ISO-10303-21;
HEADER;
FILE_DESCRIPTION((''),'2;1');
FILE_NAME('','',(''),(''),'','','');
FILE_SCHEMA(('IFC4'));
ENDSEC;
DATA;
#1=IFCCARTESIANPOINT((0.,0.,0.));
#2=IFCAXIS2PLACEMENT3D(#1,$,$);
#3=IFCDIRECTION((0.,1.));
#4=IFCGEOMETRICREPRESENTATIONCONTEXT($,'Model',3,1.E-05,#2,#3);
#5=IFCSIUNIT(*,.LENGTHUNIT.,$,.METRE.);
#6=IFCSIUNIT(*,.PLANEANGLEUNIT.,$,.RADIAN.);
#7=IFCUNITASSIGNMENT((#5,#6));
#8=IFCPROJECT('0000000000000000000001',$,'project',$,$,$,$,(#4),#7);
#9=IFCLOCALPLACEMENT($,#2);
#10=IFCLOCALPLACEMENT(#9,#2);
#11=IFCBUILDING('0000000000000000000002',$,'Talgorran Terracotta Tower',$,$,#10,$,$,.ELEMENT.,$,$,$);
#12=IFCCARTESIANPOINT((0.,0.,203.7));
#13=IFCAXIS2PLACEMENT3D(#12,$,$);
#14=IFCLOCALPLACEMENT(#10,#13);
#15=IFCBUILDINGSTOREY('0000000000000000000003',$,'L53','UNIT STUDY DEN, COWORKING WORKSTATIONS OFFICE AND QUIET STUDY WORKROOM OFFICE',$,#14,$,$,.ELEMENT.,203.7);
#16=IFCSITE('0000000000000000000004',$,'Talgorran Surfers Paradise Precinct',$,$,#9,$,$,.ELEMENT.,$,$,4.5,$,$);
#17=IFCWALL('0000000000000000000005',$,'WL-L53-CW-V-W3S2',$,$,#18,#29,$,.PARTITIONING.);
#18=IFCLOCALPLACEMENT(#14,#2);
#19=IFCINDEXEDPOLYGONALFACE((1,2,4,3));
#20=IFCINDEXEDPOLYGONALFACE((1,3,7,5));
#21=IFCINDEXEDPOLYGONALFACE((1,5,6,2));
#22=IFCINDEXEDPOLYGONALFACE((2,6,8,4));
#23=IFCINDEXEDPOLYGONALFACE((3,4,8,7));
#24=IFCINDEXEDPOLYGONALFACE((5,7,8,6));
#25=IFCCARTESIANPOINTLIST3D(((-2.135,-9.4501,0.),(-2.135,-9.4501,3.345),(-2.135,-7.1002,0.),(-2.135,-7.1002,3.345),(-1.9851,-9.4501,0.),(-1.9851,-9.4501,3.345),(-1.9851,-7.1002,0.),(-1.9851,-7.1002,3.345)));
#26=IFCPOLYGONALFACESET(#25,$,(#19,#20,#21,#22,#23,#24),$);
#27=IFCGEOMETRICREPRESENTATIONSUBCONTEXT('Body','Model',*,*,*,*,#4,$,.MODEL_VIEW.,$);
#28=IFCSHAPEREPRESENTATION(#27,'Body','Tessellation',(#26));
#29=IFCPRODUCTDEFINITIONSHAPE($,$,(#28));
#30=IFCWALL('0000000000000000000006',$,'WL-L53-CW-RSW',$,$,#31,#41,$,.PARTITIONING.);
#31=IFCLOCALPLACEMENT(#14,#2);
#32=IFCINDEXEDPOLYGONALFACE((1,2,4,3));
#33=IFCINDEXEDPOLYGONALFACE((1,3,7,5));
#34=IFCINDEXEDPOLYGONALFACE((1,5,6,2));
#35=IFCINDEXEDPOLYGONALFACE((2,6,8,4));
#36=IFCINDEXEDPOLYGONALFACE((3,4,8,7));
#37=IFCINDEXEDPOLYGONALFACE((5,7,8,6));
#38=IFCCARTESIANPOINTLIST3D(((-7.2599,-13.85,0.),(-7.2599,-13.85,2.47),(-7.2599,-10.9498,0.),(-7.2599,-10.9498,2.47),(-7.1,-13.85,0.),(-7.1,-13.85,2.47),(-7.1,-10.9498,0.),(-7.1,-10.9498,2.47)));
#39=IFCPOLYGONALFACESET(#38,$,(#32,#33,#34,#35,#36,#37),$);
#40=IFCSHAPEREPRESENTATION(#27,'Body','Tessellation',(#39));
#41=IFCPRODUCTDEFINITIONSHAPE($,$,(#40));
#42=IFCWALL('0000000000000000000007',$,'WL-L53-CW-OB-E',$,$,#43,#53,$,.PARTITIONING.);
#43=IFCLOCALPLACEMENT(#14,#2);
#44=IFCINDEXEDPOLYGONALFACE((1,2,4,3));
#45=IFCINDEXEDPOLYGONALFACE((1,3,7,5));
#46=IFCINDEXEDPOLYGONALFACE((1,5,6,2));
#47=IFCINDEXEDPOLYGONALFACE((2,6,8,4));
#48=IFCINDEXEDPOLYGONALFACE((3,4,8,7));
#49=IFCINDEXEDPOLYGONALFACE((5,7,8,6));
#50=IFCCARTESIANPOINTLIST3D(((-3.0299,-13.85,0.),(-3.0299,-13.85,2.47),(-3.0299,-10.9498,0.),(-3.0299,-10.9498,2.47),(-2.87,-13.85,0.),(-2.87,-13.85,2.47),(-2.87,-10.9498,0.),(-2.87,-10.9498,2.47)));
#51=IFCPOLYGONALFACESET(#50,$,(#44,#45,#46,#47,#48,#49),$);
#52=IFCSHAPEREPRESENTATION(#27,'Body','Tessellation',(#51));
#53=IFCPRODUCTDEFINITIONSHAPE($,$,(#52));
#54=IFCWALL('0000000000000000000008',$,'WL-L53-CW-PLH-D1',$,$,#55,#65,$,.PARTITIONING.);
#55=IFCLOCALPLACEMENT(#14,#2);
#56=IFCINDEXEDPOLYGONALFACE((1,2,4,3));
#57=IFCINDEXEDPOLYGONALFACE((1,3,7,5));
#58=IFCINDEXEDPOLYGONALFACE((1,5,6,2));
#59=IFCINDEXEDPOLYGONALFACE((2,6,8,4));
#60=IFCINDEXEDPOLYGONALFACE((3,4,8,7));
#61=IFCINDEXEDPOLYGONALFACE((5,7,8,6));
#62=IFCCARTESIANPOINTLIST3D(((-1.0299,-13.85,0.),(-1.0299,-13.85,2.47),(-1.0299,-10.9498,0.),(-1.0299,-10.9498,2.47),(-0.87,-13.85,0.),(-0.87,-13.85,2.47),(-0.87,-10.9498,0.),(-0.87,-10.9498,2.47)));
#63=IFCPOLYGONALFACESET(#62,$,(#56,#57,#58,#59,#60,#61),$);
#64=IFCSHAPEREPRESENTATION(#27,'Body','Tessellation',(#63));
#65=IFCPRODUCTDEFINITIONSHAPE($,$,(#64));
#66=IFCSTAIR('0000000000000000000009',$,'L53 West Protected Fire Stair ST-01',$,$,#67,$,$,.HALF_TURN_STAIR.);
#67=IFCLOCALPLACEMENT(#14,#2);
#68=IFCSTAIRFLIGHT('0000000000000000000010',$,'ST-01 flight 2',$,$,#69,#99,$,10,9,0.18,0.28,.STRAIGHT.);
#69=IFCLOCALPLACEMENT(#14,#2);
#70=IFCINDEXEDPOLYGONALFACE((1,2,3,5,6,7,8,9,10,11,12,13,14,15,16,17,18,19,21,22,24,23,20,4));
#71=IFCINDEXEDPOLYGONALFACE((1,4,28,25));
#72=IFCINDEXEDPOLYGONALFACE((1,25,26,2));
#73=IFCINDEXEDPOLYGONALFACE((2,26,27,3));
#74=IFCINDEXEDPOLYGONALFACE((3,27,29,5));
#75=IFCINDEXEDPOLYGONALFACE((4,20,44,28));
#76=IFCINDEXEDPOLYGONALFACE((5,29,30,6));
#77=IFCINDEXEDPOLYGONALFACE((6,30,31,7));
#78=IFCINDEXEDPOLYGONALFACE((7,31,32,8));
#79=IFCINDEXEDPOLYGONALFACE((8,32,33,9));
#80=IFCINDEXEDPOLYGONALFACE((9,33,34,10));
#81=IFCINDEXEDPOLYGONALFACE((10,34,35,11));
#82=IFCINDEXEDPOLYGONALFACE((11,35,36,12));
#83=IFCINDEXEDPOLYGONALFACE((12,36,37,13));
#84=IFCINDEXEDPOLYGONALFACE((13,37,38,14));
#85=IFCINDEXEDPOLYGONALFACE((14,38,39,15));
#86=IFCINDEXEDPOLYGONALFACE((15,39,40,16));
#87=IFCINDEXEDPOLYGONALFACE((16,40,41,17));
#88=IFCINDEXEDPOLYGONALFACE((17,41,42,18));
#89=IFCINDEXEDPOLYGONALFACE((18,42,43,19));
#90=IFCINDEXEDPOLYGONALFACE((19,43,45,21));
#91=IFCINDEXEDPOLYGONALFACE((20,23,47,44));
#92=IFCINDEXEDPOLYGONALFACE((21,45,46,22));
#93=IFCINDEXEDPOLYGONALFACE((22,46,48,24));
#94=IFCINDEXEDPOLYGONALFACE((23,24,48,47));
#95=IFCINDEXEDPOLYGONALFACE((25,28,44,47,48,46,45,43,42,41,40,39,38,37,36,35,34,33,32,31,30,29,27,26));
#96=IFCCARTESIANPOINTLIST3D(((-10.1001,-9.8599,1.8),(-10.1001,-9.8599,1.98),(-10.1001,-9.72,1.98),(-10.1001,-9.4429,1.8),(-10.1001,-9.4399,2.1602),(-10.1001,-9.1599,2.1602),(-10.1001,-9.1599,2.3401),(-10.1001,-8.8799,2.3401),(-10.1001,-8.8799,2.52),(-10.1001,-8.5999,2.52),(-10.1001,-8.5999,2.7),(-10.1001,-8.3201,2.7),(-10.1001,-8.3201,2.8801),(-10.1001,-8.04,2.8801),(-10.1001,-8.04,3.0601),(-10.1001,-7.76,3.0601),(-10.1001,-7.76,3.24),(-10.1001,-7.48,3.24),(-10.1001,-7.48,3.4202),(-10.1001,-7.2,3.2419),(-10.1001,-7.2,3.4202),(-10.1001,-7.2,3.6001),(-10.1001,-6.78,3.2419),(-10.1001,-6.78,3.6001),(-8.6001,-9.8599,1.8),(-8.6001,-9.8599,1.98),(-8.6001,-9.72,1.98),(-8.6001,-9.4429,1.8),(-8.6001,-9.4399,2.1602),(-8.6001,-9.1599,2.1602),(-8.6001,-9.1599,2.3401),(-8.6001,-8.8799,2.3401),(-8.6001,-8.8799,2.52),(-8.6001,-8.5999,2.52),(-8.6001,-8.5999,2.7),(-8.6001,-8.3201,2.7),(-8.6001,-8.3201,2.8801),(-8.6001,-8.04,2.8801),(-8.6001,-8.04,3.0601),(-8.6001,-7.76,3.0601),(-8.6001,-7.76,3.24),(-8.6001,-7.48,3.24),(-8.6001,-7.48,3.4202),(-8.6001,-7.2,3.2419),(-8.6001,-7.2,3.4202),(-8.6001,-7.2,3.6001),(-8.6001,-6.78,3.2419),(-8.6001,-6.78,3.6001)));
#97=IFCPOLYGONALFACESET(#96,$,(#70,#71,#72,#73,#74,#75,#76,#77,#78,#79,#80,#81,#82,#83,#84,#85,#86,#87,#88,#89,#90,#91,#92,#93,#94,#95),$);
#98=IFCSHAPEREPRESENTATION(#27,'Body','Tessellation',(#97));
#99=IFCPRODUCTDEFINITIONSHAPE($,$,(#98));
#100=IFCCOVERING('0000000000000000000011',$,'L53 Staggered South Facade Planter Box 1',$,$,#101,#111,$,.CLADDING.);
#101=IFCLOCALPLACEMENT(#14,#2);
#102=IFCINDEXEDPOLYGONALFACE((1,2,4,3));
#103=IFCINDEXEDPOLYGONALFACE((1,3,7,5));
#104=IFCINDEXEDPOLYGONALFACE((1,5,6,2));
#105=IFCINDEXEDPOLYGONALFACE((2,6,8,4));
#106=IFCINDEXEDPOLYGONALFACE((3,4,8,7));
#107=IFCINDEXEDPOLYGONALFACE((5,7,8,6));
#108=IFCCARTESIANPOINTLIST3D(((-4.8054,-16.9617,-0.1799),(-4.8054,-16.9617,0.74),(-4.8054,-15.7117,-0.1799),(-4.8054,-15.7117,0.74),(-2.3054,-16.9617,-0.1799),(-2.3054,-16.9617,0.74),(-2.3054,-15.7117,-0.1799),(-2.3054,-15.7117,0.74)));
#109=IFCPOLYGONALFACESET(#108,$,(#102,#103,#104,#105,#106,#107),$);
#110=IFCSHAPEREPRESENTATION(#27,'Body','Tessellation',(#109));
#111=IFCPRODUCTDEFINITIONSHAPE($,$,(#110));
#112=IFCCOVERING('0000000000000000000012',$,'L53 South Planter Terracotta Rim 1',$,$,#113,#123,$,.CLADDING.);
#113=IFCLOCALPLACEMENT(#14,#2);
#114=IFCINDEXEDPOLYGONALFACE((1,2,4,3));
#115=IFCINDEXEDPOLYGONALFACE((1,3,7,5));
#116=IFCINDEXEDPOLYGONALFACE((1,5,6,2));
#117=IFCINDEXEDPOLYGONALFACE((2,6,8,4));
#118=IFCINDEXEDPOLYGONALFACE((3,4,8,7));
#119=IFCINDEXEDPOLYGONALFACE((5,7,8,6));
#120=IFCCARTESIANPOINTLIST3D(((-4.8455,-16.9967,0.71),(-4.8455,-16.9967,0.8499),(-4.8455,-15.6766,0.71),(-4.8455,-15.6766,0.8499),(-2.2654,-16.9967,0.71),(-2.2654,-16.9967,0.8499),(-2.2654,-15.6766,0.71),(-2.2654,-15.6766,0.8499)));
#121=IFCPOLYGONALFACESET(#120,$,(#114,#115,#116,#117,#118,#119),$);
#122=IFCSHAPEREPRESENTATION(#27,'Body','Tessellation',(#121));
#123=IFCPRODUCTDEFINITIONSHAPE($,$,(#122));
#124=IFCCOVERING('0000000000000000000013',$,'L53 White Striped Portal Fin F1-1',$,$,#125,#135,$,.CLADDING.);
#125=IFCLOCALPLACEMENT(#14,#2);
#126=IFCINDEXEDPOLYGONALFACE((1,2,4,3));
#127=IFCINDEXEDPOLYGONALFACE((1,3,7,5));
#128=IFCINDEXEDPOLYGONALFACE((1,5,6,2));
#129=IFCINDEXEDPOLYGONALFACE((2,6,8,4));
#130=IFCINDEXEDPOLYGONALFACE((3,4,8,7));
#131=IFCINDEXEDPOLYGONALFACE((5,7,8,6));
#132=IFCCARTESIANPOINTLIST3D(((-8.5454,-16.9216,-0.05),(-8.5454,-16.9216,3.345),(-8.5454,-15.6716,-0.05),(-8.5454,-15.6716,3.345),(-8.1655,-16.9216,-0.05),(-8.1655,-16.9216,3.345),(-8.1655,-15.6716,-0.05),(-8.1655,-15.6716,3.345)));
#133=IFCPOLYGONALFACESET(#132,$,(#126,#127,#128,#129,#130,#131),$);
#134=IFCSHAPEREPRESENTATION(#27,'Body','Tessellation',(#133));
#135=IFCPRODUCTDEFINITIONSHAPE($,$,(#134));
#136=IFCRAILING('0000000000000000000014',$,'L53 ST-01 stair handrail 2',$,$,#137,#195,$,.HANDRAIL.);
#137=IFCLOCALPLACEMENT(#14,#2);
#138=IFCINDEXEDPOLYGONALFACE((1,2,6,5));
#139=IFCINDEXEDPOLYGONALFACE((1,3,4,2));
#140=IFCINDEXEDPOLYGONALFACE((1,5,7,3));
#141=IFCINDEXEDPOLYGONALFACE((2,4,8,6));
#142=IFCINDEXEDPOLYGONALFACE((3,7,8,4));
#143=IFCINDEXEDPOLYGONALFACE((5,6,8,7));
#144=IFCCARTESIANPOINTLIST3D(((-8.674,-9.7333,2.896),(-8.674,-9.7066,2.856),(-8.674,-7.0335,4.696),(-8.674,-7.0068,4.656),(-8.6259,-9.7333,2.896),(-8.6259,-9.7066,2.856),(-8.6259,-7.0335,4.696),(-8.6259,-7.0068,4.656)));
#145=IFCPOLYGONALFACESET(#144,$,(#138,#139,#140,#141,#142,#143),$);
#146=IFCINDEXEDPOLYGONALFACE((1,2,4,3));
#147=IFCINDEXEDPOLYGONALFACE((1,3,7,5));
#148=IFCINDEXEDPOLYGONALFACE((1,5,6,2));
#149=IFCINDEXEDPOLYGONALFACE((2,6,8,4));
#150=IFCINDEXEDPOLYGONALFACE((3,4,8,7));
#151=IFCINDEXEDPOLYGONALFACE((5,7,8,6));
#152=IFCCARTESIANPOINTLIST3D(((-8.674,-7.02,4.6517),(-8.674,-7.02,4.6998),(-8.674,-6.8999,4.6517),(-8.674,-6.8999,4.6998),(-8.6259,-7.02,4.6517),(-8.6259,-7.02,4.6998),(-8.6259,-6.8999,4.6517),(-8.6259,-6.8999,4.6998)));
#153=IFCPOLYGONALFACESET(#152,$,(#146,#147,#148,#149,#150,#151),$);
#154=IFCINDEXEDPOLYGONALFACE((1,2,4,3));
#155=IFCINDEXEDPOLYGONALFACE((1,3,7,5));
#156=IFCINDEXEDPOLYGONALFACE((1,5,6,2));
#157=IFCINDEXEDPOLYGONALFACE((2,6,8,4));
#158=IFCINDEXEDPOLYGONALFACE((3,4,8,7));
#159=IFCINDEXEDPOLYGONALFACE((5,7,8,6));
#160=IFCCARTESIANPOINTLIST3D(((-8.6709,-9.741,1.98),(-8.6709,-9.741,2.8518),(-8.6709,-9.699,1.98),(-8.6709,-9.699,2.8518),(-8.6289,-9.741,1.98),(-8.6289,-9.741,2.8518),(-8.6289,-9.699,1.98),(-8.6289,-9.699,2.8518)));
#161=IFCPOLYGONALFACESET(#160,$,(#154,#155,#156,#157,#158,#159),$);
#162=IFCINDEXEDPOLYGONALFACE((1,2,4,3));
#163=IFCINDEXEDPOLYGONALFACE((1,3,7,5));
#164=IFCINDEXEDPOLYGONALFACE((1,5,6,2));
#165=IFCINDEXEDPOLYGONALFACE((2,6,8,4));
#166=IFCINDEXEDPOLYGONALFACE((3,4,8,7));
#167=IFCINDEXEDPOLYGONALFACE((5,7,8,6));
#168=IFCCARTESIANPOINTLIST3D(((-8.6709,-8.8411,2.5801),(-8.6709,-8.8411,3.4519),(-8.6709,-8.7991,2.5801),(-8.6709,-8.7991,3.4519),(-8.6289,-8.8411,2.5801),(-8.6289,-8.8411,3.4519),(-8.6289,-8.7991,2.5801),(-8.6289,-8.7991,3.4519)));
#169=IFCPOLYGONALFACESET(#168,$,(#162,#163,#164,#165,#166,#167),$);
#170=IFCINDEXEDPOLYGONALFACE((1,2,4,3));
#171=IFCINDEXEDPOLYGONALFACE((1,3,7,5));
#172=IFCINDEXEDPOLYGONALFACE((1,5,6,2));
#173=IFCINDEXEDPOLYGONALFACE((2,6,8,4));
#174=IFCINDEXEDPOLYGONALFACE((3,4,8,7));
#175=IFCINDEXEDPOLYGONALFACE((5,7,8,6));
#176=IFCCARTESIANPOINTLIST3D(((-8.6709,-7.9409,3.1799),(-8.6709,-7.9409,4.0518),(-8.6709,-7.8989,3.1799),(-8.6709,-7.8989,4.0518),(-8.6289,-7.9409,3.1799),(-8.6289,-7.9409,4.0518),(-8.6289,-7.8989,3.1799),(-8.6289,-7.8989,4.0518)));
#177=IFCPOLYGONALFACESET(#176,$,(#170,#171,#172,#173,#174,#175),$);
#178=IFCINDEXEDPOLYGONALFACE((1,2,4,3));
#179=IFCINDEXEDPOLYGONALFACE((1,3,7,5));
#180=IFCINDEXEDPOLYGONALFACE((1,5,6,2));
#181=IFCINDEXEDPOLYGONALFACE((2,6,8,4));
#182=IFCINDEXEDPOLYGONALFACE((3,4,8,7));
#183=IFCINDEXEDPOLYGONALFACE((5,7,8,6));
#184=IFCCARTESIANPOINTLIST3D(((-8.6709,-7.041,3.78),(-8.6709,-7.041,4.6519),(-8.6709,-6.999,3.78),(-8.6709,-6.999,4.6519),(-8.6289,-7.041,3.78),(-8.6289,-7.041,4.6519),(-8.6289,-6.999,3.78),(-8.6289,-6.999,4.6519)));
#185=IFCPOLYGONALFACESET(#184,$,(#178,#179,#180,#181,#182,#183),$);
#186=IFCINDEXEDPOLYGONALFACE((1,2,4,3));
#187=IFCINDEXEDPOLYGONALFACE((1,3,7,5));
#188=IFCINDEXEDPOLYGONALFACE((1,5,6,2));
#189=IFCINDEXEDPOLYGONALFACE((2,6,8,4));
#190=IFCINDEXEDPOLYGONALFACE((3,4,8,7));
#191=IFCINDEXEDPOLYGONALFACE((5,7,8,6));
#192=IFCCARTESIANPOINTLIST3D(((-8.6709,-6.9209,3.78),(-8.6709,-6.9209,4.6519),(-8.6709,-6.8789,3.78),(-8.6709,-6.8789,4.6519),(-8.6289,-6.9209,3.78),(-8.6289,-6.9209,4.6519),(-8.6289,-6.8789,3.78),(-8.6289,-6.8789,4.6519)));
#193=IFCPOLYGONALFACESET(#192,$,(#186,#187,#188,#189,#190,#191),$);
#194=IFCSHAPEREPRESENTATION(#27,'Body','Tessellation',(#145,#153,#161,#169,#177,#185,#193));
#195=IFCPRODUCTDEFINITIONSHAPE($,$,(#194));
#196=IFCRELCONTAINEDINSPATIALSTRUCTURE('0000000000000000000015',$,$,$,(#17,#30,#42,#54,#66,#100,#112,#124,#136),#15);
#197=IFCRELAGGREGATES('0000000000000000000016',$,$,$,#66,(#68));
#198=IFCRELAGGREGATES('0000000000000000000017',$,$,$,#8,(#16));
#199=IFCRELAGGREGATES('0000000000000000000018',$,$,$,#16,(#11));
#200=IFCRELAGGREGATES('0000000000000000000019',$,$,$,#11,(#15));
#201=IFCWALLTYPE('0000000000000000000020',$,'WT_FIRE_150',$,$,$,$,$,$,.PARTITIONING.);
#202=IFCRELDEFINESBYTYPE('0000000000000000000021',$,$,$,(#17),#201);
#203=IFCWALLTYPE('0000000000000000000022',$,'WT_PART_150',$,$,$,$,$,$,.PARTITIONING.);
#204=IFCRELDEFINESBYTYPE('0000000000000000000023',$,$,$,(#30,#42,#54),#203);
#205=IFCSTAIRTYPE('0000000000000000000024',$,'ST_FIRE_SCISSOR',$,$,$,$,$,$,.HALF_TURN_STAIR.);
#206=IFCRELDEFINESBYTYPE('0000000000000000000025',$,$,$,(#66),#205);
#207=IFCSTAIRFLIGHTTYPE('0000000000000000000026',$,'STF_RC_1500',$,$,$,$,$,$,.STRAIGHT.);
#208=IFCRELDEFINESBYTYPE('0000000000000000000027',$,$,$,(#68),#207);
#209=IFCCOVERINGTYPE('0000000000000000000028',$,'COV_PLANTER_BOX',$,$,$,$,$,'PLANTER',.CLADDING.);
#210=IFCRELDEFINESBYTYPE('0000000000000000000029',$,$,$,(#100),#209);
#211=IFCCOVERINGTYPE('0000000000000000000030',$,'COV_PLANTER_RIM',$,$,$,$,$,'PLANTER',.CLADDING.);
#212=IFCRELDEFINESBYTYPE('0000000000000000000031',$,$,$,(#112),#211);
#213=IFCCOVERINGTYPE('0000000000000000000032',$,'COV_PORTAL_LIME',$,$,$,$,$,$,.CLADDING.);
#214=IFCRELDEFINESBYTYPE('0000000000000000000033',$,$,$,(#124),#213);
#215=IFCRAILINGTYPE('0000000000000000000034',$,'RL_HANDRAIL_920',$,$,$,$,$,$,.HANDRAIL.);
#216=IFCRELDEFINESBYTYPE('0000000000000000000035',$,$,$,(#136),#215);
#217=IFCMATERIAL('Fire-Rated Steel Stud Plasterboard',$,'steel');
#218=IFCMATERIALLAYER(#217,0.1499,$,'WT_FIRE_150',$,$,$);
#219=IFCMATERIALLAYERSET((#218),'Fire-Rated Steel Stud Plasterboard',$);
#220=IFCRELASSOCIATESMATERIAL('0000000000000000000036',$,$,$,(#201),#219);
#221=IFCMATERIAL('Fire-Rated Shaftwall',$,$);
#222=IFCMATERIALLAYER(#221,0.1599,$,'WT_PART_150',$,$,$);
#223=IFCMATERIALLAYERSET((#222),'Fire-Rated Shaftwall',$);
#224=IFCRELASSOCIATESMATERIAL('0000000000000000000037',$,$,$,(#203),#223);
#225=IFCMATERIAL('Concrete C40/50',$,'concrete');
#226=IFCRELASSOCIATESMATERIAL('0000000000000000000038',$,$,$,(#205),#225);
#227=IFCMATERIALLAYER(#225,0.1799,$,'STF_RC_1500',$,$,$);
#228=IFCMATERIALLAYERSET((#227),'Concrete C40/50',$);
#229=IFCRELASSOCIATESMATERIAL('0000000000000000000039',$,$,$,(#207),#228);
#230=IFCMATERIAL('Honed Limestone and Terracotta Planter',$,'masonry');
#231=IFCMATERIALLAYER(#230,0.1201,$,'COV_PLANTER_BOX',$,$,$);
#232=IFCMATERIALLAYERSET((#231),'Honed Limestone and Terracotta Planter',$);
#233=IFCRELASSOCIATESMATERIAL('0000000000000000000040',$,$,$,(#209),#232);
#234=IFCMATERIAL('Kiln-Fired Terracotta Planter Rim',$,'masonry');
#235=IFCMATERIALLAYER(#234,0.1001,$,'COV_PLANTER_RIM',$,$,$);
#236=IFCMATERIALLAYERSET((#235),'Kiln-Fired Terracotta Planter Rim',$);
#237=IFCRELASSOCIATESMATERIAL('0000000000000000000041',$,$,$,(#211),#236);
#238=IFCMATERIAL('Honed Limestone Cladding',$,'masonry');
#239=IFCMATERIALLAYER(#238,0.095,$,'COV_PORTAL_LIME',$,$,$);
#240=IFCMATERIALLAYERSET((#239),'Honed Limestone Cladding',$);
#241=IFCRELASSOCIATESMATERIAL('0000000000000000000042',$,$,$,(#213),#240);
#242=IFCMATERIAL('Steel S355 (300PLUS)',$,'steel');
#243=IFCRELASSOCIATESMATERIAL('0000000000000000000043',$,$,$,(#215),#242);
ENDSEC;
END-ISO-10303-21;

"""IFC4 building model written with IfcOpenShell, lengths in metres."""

from ifc_helpers import new_model, si_unit, direction, frame, frame_2d, origin, origin_2d, place, context, subcontext, project, spatial, polyline, rectangle, outline, extrude, material, layer, layer_set, type_object, element, aggregate, save


model = new_model("IFC4")

# Units and contexts
model_context = context("Model", 3, precision=1e-05, world=origin(), true_north=direction((0.0, 1.0)))
body_context = subcontext(model_context, "Body", "Model", "MODEL_VIEW")
ifc_project = project(units=[si_unit("LENGTHUNIT", "METRE"), si_unit("PLANEANGLEUNIT", "RADIAN")], contexts=[model_context])

# Site, building, storey
site_placement = place(None, origin())
site = spatial("IfcSite", under=ifc_project, at=site_placement, Name="Talgorran Surfers Paradise Precinct", CompositionType="ELEMENT", RefElevation=4.5)
building_placement = place(site_placement, origin())
building = spatial("IfcBuilding", under=site, at=building_placement, Name="Talgorran Terracotta Tower", CompositionType="ELEMENT")
storey_placement = place(building_placement, frame((0.0, 0.0, 203.7)))
storey = spatial("IfcBuildingStorey", under=building, at=storey_placement, Name="L53", Description="UNIT STUDY DEN, COWORKING WORKSTATIONS OFFICE AND QUIET STUDY WORKROOM OFFICE", CompositionType="ELEMENT", Elevation=203.7)

# Shared definitions
ifc_material_1 = material(Name="Steel S355 (300PLUS)", Category="steel")

# Walls
ifc_material_2 = material(Name="Fire-Rated Steel Stud Plasterboard", Category="steel")
ifc_layer_1 = layer(ifc_material_2, 0.1499, Name="WT_FIRE_150")
ifc_layer_set_1 = layer_set([ifc_layer_1], Name="Fire-Rated Steel Stud Plasterboard")
wall_type_1 = type_object("IfcWallType", Name="WT_FIRE_150", PredefinedType="PARTITIONING", material=ifc_layer_set_1)
wall_1_placement = place(storey_placement, frame((-2.0601, -9.45, 0.0), z_axis=(0.0, 0.0, 1.0), x_axis=(0.0, 1.0, 0.0)))
element("IfcWall", 1, at=wall_1_placement, inside=storey, type_object=wall_type_1, Name="WL-L53-CW-V-W3S2", PredefinedType="PARTITIONING", context=body_context, shape_type="SweptSolid", body=[
    extrude(rectangle(XDim=2.3499, YDim=0.1499, at=frame_2d((1.1748, 0.0))), origin(), (0.0, 0.0, 1.0), 3.345),
])
ifc_material_3 = material(Name="Fire-Rated Shaftwall")
ifc_layer_2 = layer(ifc_material_3, 0.1599, Name="WT_PART_150")
ifc_layer_set_2 = layer_set([ifc_layer_2], Name="Fire-Rated Shaftwall")
wall_type_2 = type_object("IfcWallType", Name="WT_PART_150", PredefinedType="PARTITIONING", material=ifc_layer_set_2)
for number, where, z_axis, x_axis, name in (
    (2, (-7.1799, -13.8501, 0.0), (0.0, 0.0, 1.0), (0.0, 1.0, 0.0), "WL-L53-CW-RSW"),
    (3, (-2.95, -13.8501, 0.0), (0.0, 0.0, 1.0), (0.0, 1.0, 0.0), "WL-L53-CW-OB-E"),
    (4, (-0.95, -13.8501, 0.0), (0.0, 0.0, 1.0), (0.0, 1.0, 0.0), "WL-L53-CW-PLH-D1"),
):
    element("IfcWall", number, at=place(storey_placement, frame(where, z_axis=z_axis, x_axis=x_axis)), inside=storey, type_object=wall_type_2, Name=name, PredefinedType="PARTITIONING", context=body_context, shape_type="SweptSolid", body=[
        extrude(rectangle(XDim=2.9001, YDim=0.1599, at=frame_2d((1.4502, 0.0))), origin(), (0.0, 0.0, 1.0), 2.47),
    ])

# Stair, stair flight
ifc_material_4 = material(Name="Concrete C40/50", Category="concrete")
stair_type = type_object("IfcStairType", Name="ST_FIRE_SCISSOR", PredefinedType="HALF_TURN_STAIR", material=ifc_material_4)
stair_placement = place(storey_placement, origin())
stair = element("IfcStair", 5, at=stair_placement, inside=storey, type_object=stair_type, Name="L53 West Protected Fire Stair ST-01", PredefinedType="HALF_TURN_STAIR")
ifc_layer_3 = layer(ifc_material_4, 0.1799, Name="STF_RC_1500")
ifc_layer_set_3 = layer_set([ifc_layer_3], Name="Concrete C40/50")
stair_flight_type = type_object("IfcStairFlightType", Name="STF_RC_1500", PredefinedType="STRAIGHT", material=ifc_layer_set_3)
stair_flight_placement = place(storey_placement, frame((-9.3501, -9.72, 1.8), z_axis=(0.0, 0.0, 1.0), x_axis=(0.0, 1.0, 0.0)))
stair_flight = element("IfcStairFlight", 6, at=stair_flight_placement, type_object=stair_flight_type, Name="ST-01 flight 2", NumberOfRisers=10, NumberOfTreads=9, PredefinedType="STRAIGHT", RiserHeight=0.18, TreadLength=0.28, context=body_context, shape_type="SweptSolid", body=[
    extrude(outline(polyline([(-0.1399, 0.0), (-0.1399, 0.1799), (0.0, 0.1799), (0.28, 0.3601), (0.5601, 0.3601), (0.5601, 0.54), (0.8401, 0.54), (0.8401, 0.72), (1.1201, 0.72), (1.1201, 0.8999), (1.3999, 0.8999), (1.3999, 1.0801), (1.6799, 1.0801), (1.6799, 1.26), (1.96, 1.26), (1.96, 1.4399), (2.24, 1.4399), (2.24, 1.6201), (2.52, 1.6201), (2.52, 1.8), (2.9399, 1.8), (2.9399, 1.4419), (2.52, 1.4419), (0.2771, 0.0), (-0.1399, 0.0)])), frame((0.0, 0.75, 0.0), z_axis=(0.0, -1.0, 0.0), x_axis=(1.0, 0.0, 0.0)), (0.0, 0.0, 1.0), 1.5),
])
aggregate(stair, [stair_flight])

# Coverings
ifc_material_5 = material(Name="Honed Limestone and Terracotta Planter", Category="masonry")
ifc_layer_4 = layer(ifc_material_5, 0.1201, Name="COV_PLANTER_BOX")
ifc_layer_set_4 = layer_set([ifc_layer_4], Name="Honed Limestone and Terracotta Planter")
covering_type_1 = type_object("IfcCoveringType", Name="COV_PLANTER_BOX", ElementType="PLANTER", PredefinedType="CLADDING", material=ifc_layer_set_4)
covering_1_placement = place(storey_placement, frame((-3.5554, -16.3367, -0.1799), z_axis=(0.0, 0.0, 1.0), x_axis=(1.0, 0.0, 0.0)))
element("IfcCovering", 7, at=covering_1_placement, inside=storey, type_object=covering_type_1, Name="L53 Staggered South Facade Planter Box 1", PredefinedType="CLADDING", context=body_context, shape_type="SweptSolid", body=[
    extrude(rectangle(XDim=2.5, YDim=1.25, at=origin_2d()), origin(), (0.0, 0.0, 1.0), 0.9199),
])
ifc_material_6 = material(Name="Kiln-Fired Terracotta Planter Rim", Category="masonry")
ifc_layer_5 = layer(ifc_material_6, 0.1001, Name="COV_PLANTER_RIM")
ifc_layer_set_5 = layer_set([ifc_layer_5], Name="Kiln-Fired Terracotta Planter Rim")
covering_type_2 = type_object("IfcCoveringType", Name="COV_PLANTER_RIM", ElementType="PLANTER", PredefinedType="CLADDING", material=ifc_layer_set_5)
covering_2_placement = place(storey_placement, frame((-3.5554, -16.3367, 0.71), z_axis=(0.0, 0.0, 1.0), x_axis=(1.0, 0.0, 0.0)))
element("IfcCovering", 8, at=covering_2_placement, inside=storey, type_object=covering_type_2, Name="L53 South Planter Terracotta Rim 1", PredefinedType="CLADDING", context=body_context, shape_type="SweptSolid", body=[
    extrude(rectangle(XDim=2.5801, YDim=1.3201, at=origin_2d()), origin(), (0.0, 0.0, 1.0), 0.1399),
])
ifc_material_7 = material(Name="Honed Limestone Cladding", Category="masonry")
ifc_layer_6 = layer(ifc_material_7, 0.095, Name="COV_PORTAL_LIME")
ifc_layer_set_6 = layer_set([ifc_layer_6], Name="Honed Limestone Cladding")
covering_type_3 = type_object("IfcCoveringType", Name="COV_PORTAL_LIME", PredefinedType="CLADDING", material=ifc_layer_set_6)
covering_3_placement = place(storey_placement, frame((-8.3555, -16.2966, -0.05), z_axis=(0.0, 0.0, 1.0), x_axis=(1.0, 0.0, 0.0)))
element("IfcCovering", 9, at=covering_3_placement, inside=storey, type_object=covering_type_3, Name="L53 White Striped Portal Fin F1-1", PredefinedType="CLADDING", context=body_context, shape_type="SweptSolid", body=[
    extrude(rectangle(XDim=0.3799, YDim=1.25, at=origin_2d()), origin(), (0.0, 0.0, 1.0), 3.395),
])

# Railing
railing_type = type_object("IfcRailingType", Name="RL_HANDRAIL_920", PredefinedType="HANDRAIL", material=ifc_material_1)
railing_placement = place(storey_placement, frame((-8.6499, -9.72, 1.98)))
element("IfcRailing", 10, at=railing_placement, inside=storey, type_object=railing_type, Name="L53 ST-01 stair handrail 2", PredefinedType="HANDRAIL", context=body_context, shape_type="SweptSolid", body=[
    extrude(rectangle(XDim=0.0481, YDim=0.0481, at=origin_2d()), frame((0.0, 0.0, 0.896), z_axis=(0.0, 0.832039, 0.554718), x_axis=(-1.0, 0.0, 0.0)), (0.0, 0.0, 1.0), 3.2449),
    extrude(rectangle(XDim=0.0481, YDim=0.0481, at=origin_2d()), frame((0.0, 2.7, 2.6958), z_axis=(0.0, 1.0, 0.0), x_axis=(-1.0, 0.0, 0.0)), (0.0, 0.0, 1.0), 0.1201),
    extrude(rectangle(XDim=0.042, YDim=0.042, at=origin_2d()), origin(), (0.0, 0.0, 1.0), 0.8718),
    extrude(rectangle(XDim=0.042, YDim=0.042, at=origin_2d()), frame((0.0, 0.8999, 0.6001)), (0.0, 0.0, 1.0), 0.8718),
    extrude(rectangle(XDim=0.042, YDim=0.042, at=origin_2d()), frame((0.0, 1.8, 1.2)), (0.0, 0.0, 1.0), 0.8718),
    extrude(rectangle(XDim=0.042, YDim=0.042, at=origin_2d()), frame((0.0, 2.7, 1.8)), (0.0, 0.0, 1.0), 0.8718),
    extrude(rectangle(XDim=0.042, YDim=0.042, at=origin_2d()), frame((0.0, 2.8201, 1.8)), (0.0, 0.0, 1.0), 0.8718),
])

save(model, "model.ifc")
